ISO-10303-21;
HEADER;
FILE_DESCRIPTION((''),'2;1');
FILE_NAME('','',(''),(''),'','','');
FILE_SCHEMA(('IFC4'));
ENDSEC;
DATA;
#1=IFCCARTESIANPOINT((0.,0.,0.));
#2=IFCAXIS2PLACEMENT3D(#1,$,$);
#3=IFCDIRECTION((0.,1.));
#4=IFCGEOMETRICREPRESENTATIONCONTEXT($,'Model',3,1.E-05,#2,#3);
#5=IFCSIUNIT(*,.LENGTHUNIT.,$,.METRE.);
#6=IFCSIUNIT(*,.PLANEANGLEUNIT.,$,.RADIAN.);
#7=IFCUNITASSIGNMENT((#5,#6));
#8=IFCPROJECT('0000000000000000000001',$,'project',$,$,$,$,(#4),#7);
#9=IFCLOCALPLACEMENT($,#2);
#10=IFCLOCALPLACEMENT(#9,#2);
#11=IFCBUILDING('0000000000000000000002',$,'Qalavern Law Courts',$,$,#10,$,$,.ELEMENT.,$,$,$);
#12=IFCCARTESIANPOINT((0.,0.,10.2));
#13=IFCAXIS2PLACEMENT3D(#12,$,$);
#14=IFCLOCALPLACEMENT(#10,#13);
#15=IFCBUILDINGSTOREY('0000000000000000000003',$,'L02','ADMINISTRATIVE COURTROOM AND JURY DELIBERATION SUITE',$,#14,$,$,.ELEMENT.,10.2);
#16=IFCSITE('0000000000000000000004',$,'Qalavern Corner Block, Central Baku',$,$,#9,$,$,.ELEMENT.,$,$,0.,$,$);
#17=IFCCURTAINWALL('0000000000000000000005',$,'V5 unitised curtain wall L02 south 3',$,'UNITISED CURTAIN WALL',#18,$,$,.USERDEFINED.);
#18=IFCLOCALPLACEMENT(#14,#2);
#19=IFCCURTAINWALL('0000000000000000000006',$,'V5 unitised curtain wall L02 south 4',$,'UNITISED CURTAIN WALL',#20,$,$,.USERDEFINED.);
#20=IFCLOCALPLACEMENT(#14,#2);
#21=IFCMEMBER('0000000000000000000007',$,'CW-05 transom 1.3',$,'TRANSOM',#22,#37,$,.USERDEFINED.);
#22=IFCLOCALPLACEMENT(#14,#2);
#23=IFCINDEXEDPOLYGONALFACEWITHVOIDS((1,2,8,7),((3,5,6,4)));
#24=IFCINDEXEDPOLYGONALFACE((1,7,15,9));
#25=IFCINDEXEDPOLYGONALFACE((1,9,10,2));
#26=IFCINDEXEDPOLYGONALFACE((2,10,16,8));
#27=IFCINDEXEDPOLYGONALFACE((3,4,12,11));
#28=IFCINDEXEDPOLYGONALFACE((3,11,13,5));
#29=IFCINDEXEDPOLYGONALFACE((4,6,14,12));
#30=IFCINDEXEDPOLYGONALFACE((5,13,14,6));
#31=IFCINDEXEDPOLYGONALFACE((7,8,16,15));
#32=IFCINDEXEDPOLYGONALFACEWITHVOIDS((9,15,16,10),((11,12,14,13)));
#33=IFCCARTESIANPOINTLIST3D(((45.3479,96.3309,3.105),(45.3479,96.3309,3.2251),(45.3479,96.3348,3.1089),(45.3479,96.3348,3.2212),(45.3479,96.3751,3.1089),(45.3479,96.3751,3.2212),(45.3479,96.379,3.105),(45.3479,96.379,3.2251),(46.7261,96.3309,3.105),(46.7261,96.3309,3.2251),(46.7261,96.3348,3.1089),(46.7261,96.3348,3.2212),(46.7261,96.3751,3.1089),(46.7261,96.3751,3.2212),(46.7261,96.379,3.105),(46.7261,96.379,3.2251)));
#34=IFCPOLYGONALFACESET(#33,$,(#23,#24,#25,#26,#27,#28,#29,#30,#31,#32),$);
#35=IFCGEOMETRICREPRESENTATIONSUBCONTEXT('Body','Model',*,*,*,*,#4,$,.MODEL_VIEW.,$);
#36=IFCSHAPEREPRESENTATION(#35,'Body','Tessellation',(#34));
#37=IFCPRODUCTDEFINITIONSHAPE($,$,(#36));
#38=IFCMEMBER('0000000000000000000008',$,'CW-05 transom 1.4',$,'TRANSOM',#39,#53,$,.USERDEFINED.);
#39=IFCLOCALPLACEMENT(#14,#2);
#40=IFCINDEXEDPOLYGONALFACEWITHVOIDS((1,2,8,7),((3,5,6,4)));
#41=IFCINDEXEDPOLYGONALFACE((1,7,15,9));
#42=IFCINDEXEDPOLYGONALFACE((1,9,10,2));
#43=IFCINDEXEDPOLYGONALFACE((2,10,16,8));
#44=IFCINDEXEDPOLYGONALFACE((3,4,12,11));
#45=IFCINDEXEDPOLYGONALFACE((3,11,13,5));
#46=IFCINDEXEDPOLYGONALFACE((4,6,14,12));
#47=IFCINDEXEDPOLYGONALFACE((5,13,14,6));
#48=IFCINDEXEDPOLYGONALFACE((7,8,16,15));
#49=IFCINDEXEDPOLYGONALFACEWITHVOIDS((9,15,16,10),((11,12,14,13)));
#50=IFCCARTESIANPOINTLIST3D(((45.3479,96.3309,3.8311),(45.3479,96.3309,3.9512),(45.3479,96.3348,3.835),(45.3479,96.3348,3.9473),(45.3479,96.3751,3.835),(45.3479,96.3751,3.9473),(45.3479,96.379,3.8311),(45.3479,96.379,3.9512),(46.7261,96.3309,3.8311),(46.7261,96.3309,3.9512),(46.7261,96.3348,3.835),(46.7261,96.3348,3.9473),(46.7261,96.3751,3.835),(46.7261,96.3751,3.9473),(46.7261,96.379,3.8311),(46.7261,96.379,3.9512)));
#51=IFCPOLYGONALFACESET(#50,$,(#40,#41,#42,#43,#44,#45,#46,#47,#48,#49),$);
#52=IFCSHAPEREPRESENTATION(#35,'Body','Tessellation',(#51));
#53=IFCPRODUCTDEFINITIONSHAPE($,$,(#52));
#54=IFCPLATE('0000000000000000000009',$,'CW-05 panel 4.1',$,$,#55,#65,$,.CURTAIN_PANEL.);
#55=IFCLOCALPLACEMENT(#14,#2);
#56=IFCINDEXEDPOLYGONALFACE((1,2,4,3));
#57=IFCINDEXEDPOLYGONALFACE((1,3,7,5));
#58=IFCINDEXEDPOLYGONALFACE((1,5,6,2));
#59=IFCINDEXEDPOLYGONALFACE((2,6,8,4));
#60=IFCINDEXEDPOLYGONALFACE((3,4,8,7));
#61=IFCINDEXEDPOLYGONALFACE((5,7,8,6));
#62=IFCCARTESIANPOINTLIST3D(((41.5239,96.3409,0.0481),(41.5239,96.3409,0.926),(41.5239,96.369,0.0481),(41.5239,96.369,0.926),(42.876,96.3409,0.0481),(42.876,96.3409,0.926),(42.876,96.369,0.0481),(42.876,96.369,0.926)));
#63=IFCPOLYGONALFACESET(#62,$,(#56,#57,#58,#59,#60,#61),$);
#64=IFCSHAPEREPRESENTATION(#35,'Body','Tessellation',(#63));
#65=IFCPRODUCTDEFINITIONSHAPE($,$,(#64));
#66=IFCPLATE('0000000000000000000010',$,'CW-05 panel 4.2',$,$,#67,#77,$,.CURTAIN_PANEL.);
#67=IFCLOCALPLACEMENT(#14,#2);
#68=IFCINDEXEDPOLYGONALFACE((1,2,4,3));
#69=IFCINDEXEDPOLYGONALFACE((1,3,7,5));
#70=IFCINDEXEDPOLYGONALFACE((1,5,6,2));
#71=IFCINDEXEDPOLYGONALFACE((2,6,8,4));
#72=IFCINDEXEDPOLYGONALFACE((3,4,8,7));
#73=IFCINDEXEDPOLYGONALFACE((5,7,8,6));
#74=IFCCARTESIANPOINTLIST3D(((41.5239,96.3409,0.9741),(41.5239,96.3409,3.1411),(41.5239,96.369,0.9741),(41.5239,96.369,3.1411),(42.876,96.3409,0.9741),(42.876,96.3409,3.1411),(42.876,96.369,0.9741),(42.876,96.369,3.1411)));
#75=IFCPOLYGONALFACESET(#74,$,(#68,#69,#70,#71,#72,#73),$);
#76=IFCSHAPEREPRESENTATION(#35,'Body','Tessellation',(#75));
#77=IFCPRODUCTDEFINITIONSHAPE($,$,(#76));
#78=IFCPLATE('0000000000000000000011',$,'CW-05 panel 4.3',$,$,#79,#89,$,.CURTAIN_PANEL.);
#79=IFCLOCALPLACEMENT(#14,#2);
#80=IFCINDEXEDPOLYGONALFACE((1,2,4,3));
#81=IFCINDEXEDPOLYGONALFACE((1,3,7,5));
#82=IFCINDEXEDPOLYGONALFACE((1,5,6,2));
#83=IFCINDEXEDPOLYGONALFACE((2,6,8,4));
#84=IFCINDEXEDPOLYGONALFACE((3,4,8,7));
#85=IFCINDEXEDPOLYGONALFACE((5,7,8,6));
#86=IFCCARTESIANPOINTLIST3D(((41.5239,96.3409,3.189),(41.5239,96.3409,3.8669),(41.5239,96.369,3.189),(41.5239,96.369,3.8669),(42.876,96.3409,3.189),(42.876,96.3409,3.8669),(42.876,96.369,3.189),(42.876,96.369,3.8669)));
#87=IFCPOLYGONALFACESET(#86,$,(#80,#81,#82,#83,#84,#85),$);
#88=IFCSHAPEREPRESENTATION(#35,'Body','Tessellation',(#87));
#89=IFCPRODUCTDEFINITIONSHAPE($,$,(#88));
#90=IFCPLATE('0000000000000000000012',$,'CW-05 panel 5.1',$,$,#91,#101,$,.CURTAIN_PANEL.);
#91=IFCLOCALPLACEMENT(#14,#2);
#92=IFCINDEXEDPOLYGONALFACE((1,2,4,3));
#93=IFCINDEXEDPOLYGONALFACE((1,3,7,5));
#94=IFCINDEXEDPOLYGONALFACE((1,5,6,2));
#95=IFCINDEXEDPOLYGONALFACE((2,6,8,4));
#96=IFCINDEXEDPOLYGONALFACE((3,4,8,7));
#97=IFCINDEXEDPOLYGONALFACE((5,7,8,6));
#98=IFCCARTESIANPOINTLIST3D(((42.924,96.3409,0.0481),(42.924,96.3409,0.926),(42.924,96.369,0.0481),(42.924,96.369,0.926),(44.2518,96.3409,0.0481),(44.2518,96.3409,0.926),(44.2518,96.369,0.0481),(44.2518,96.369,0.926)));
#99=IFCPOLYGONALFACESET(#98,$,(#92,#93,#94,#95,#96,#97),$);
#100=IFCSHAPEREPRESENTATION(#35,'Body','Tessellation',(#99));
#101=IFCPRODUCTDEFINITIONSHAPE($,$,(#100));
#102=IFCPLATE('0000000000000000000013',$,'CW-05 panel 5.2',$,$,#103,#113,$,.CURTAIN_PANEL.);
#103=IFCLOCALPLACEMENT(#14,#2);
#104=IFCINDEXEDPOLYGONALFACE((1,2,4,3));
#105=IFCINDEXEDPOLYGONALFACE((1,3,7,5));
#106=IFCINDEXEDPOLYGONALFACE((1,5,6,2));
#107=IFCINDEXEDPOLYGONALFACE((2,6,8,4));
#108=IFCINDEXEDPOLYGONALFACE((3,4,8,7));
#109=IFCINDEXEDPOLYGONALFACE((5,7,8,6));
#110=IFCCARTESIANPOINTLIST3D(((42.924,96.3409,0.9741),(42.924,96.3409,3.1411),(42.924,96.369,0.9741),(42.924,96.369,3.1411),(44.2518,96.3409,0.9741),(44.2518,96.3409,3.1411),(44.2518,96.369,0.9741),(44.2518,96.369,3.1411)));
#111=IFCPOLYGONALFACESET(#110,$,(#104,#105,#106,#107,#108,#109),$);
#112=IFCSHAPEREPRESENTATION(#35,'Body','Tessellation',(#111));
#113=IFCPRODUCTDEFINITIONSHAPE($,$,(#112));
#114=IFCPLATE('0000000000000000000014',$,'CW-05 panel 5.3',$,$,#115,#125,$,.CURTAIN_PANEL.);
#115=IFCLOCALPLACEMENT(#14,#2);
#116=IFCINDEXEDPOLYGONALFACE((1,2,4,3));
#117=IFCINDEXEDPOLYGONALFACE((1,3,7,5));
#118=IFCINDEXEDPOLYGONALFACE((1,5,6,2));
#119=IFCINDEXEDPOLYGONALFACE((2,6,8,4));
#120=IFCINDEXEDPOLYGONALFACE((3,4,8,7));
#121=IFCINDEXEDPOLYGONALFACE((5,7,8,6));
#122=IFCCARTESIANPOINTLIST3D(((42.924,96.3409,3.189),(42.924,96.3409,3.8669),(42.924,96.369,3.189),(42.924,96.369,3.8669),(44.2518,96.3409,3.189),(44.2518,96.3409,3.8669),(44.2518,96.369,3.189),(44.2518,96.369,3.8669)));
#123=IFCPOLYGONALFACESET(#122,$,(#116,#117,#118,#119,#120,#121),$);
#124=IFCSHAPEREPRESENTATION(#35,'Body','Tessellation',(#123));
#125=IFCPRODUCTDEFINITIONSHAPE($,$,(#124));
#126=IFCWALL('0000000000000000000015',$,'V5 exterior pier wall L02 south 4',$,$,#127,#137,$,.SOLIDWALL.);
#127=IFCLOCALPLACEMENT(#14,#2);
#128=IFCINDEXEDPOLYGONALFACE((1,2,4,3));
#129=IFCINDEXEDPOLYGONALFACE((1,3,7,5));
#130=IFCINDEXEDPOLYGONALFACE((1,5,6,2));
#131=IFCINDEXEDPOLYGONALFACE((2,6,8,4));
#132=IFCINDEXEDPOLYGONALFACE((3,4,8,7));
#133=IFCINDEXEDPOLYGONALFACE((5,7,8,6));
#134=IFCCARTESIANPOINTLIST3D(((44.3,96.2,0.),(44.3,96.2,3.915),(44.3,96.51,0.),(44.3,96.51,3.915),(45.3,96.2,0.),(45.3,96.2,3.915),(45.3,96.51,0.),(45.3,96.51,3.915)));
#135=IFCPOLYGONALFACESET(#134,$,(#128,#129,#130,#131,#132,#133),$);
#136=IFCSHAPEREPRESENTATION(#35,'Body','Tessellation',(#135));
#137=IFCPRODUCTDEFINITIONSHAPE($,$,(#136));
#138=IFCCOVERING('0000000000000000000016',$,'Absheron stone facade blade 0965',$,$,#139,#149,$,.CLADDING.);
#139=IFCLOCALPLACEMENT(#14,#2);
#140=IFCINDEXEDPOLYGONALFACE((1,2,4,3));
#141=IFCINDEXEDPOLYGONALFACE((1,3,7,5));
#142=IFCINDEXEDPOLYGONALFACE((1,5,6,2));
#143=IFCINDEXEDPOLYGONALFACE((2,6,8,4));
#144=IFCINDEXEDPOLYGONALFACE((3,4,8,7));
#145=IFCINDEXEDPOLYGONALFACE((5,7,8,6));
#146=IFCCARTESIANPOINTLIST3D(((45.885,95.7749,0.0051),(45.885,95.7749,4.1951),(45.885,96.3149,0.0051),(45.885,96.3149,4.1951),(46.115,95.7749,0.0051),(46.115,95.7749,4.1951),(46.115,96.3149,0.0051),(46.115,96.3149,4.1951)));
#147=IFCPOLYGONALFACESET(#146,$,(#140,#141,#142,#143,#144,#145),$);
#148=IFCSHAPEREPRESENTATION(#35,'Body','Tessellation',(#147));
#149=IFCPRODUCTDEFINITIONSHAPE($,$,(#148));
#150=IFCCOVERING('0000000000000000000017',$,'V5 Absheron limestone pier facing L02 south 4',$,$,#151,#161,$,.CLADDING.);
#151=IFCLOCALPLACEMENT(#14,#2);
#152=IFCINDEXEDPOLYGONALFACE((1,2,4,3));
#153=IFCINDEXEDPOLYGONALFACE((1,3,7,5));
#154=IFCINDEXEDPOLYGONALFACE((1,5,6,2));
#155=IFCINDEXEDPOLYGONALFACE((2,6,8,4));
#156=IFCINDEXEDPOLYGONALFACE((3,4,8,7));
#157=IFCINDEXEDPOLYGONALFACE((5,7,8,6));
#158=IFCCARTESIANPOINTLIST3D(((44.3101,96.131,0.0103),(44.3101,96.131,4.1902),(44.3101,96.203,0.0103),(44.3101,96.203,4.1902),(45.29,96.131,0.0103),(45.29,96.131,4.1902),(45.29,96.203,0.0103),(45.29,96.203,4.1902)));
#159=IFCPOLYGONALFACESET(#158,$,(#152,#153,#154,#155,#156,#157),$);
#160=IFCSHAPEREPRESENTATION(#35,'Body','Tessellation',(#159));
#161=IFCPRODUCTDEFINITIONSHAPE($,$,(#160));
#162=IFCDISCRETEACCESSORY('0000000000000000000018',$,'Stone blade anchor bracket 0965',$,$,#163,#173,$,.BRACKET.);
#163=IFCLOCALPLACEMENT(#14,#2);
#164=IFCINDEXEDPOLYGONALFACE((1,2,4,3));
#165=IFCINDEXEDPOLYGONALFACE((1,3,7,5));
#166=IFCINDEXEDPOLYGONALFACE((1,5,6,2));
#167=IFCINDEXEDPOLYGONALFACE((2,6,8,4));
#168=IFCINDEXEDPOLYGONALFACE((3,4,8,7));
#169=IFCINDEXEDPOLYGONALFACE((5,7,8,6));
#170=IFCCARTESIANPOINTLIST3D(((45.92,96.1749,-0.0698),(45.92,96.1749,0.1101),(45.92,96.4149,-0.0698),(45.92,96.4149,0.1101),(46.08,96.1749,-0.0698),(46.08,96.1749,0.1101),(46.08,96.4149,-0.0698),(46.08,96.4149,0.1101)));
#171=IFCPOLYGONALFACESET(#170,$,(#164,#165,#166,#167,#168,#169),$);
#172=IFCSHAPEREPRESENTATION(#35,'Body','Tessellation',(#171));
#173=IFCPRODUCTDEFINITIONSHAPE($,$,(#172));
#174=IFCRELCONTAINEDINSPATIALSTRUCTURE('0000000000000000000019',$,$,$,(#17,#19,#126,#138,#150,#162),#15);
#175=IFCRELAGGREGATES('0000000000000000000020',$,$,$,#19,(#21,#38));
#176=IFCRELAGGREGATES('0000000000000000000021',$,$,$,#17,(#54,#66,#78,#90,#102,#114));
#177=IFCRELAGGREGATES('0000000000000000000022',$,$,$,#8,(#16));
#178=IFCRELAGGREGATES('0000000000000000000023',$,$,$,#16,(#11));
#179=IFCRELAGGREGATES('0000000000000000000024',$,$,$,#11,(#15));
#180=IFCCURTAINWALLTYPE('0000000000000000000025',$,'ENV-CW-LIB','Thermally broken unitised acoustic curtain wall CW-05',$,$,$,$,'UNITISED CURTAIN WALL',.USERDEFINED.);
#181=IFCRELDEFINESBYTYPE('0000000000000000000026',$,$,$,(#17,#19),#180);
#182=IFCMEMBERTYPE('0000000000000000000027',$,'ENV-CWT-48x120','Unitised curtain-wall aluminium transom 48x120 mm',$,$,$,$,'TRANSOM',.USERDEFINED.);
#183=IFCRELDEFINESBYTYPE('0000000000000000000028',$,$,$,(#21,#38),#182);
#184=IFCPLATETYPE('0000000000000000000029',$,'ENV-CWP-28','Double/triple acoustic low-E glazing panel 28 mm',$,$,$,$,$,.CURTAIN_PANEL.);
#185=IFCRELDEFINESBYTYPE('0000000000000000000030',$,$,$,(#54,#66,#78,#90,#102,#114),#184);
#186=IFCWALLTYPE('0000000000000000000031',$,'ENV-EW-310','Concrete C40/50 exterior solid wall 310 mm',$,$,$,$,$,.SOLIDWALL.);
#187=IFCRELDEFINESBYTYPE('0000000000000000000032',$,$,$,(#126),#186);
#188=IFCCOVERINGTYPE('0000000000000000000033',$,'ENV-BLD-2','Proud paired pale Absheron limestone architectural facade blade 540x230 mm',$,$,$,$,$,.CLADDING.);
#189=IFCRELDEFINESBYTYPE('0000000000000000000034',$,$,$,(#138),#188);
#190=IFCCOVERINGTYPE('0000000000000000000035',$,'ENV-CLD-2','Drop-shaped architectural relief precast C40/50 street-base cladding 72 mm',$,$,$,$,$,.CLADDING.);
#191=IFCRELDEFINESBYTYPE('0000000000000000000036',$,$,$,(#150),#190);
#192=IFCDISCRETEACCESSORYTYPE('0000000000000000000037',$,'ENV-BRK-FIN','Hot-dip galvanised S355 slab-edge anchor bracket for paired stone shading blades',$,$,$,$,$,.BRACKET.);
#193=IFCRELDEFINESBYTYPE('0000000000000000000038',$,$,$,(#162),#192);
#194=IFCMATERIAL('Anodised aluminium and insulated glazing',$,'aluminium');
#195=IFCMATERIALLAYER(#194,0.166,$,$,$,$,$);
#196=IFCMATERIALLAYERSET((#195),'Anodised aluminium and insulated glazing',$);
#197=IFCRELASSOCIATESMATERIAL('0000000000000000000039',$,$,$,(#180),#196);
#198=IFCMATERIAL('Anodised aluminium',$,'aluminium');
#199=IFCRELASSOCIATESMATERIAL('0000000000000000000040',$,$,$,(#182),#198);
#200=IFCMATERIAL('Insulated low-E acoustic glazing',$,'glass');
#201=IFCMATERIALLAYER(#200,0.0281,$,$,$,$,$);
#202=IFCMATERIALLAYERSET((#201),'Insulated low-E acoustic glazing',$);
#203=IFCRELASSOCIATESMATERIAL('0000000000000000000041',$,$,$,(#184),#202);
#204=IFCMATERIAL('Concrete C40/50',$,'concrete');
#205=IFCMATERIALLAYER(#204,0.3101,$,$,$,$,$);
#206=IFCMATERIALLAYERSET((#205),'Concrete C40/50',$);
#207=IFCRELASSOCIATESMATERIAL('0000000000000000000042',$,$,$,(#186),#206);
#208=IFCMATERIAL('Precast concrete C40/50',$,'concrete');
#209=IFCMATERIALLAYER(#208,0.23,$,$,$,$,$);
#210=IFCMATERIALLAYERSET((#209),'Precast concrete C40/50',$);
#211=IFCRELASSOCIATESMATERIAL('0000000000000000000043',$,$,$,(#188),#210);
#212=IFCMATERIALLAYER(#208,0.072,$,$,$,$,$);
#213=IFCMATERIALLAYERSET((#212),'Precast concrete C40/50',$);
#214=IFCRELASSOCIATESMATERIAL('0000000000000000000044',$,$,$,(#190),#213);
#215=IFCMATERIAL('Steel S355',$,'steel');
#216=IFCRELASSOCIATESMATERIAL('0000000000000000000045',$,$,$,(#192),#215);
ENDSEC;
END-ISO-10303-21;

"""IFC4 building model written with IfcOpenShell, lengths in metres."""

from ifc_helpers import new_model, si_unit, direction, frame, frame_2d, origin, origin_2d, place, context, subcontext, project, spatial, rectangle, hollow_rectangle, extrude, material, layer, layer_set, material_profile, profile_set, type_object, element, aggregate, save


model = new_model("IFC4")

# Units and contexts
model_context = context("Model", 3, precision=1e-05, world=origin(), true_north=direction((0.0, 1.0)))
body_context = subcontext(model_context, "Body", "Model", "MODEL_VIEW")
ifc_project = project(units=[si_unit("LENGTHUNIT", "METRE"), si_unit("PLANEANGLEUNIT", "RADIAN")], contexts=[model_context])

# Site, building, storey
site_placement = place(None, origin())
site = spatial("IfcSite", under=ifc_project, at=site_placement, Name="Qalavern Corner Block, Central Baku", CompositionType="ELEMENT", RefElevation=0.0)
building_placement = place(site_placement, origin())
building = spatial("IfcBuilding", under=site, at=building_placement, Name="Qalavern Law Courts", CompositionType="ELEMENT")
storey_placement = place(building_placement, frame((0.0, 0.0, 10.2)))
storey = spatial("IfcBuildingStorey", under=building, at=storey_placement, Name="L02", Description="ADMINISTRATIVE COURTROOM AND JURY DELIBERATION SUITE", CompositionType="ELEMENT", Elevation=10.2)

# Curtain wall
ifc_material_1 = material(Name="Anodised aluminium and insulated glazing", Category="aluminium")
ifc_layer_1 = layer(ifc_material_1, 0.166)
ifc_layer_set_1 = layer_set([ifc_layer_1], Name="Anodised aluminium and insulated glazing")
curtain_wall_type = type_object("IfcCurtainWallType", Name="ENV-CW-LIB", Description="Thermally broken unitised acoustic curtain wall CW-05", ElementType="UNITISED CURTAIN WALL", PredefinedType="USERDEFINED", material=ifc_layer_set_1)
curtain_wall_1_placement = place(storey_placement, origin())
curtain_wall_1 = element("IfcCurtainWall", 1, at=curtain_wall_1_placement, inside=storey, type_object=curtain_wall_type, Name="V5 unitised curtain wall L02 south 3", ObjectType="UNITISED CURTAIN WALL", PredefinedType="USERDEFINED")
ifc_material_2 = material(Name="Anodised aluminium", Category="aluminium")

# Curtain wall
curtain_wall_2_placement = place(storey_placement, origin())
curtain_wall_2 = element("IfcCurtainWall", 2, at=curtain_wall_2_placement, inside=storey, type_object=curtain_wall_type, Name="V5 unitised curtain wall L02 south 4", ObjectType="UNITISED CURTAIN WALL", PredefinedType="USERDEFINED")

# Members
ifc_material_profile_1 = material_profile(ifc_material_2, hollow_rectangle(XDim=0.0481, YDim=0.1201, WallThickness=0.0039, at=origin_2d()), Name="ALU TRANSOM 48x120")
ifc_profile_set_1 = profile_set([ifc_material_profile_1], Name="Anodised aluminium")
member_type_1 = type_object("IfcMemberType", Name="ENV-CWT-48x120", Description="Unitised curtain-wall aluminium transom 48x120 mm", ElementType="TRANSOM", PredefinedType="USERDEFINED", material=ifc_profile_set_1)
member_1_placement = place(storey_placement, frame((45.3479, 96.355, 3.165), z_axis=(1.0, 0.0, 0.0), x_axis=(0.0, 1.0, 0.0)))
member_1 = element("IfcMember", 3, at=member_1_placement, type_object=member_type_1, Name="CW-05 transom 1.3", ObjectType="TRANSOM", PredefinedType="USERDEFINED", context=body_context, shape_type="SweptSolid", body=[
    extrude(hollow_rectangle(XDim=0.0481, YDim=0.1201, WallThickness=0.0039, at=origin_2d()), origin(), (0.0, 0.0, 1.0), 1.3782),
])
member_2_placement = place(storey_placement, frame((45.3479, 96.355, 3.8911), z_axis=(1.0, 0.0, 0.0), x_axis=(0.0, 1.0, 0.0)))
member_2 = element("IfcMember", 4, at=member_2_placement, type_object=member_type_1, Name="CW-05 transom 1.4", ObjectType="TRANSOM", PredefinedType="USERDEFINED", context=body_context, shape_type="SweptSolid", body=[
    extrude(hollow_rectangle(XDim=0.0481, YDim=0.1201, WallThickness=0.0039, at=origin_2d()), origin(), (0.0, 0.0, 1.0), 1.3782),
])
aggregate(curtain_wall_2, [member_1, member_2])

# Plates
ifc_material_3 = material(Name="Insulated low-E acoustic glazing", Category="glass")
ifc_layer_2 = layer(ifc_material_3, 0.0281)
ifc_layer_set_2 = layer_set([ifc_layer_2], Name="Insulated low-E acoustic glazing")
plate_type = type_object("IfcPlateType", Name="ENV-CWP-28", Description="Double/triple acoustic low-E glazing panel 28 mm", PredefinedType="CURTAIN_PANEL", material=ifc_layer_set_2)
plate_1_placement = place(storey_placement, frame((42.2, 96.355, 0.0481), z_axis=(0.0, 0.0, 1.0), x_axis=(1.0, 0.0, 0.0)))
plate_1 = element("IfcPlate", 5, at=plate_1_placement, type_object=plate_type, Name="CW-05 panel 4.1", PredefinedType="CURTAIN_PANEL", context=body_context, shape_type="SweptSolid", body=[
    extrude(rectangle(XDim=1.3521, YDim=0.0281, at=origin_2d()), origin(), (0.0, 0.0, 1.0), 0.8779),
])
plate_2_placement = place(storey_placement, frame((42.2, 96.355, 0.9741), z_axis=(0.0, 0.0, 1.0), x_axis=(1.0, 0.0, 0.0)))
plate_2 = element("IfcPlate", 6, at=plate_2_placement, type_object=plate_type, Name="CW-05 panel 4.2", PredefinedType="CURTAIN_PANEL", context=body_context, shape_type="SweptSolid", body=[
    extrude(rectangle(XDim=1.3521, YDim=0.0281, at=origin_2d()), origin(), (0.0, 0.0, 1.0), 2.167),
])
plate_3_placement = place(storey_placement, frame((42.2, 96.355, 3.189), z_axis=(0.0, 0.0, 1.0), x_axis=(1.0, 0.0, 0.0)))
plate_3 = element("IfcPlate", 7, at=plate_3_placement, type_object=plate_type, Name="CW-05 panel 4.3", PredefinedType="CURTAIN_PANEL", context=body_context, shape_type="SweptSolid", body=[
    extrude(rectangle(XDim=1.3521, YDim=0.0281, at=origin_2d()), origin(), (0.0, 0.0, 1.0), 0.678),
])
plate_4_placement = place(storey_placement, frame((43.5879, 96.355, 0.0481), z_axis=(0.0, 0.0, 1.0), x_axis=(1.0, 0.0, 0.0)))
plate_4 = element("IfcPlate", 8, at=plate_4_placement, type_object=plate_type, Name="CW-05 panel 5.1", PredefinedType="CURTAIN_PANEL", context=body_context, shape_type="SweptSolid", body=[
    extrude(rectangle(XDim=1.3279, YDim=0.0281, at=origin_2d()), origin(), (0.0, 0.0, 1.0), 0.8779),
])
plate_5_placement = place(storey_placement, frame((43.5879, 96.355, 0.9741), z_axis=(0.0, 0.0, 1.0), x_axis=(1.0, 0.0, 0.0)))
plate_5 = element("IfcPlate", 9, at=plate_5_placement, type_object=plate_type, Name="CW-05 panel 5.2", PredefinedType="CURTAIN_PANEL", context=body_context, shape_type="SweptSolid", body=[
    extrude(rectangle(XDim=1.3279, YDim=0.0281, at=origin_2d()), origin(), (0.0, 0.0, 1.0), 2.167),
])
plate_6_placement = place(storey_placement, frame((43.5879, 96.355, 3.189), z_axis=(0.0, 0.0, 1.0), x_axis=(1.0, 0.0, 0.0)))
plate_6 = element("IfcPlate", 10, at=plate_6_placement, type_object=plate_type, Name="CW-05 panel 5.3", PredefinedType="CURTAIN_PANEL", context=body_context, shape_type="SweptSolid", body=[
    extrude(rectangle(XDim=1.3279, YDim=0.0281, at=origin_2d()), origin(), (0.0, 0.0, 1.0), 0.678),
])
aggregate(curtain_wall_1, [plate_1, plate_2, plate_3, plate_4, plate_5, plate_6])

# Wall
ifc_material_4 = material(Name="Concrete C40/50", Category="concrete")
ifc_layer_3 = layer(ifc_material_4, 0.3101)
ifc_layer_set_3 = layer_set([ifc_layer_3], Name="Concrete C40/50")
wall_type = type_object("IfcWallType", Name="ENV-EW-310", Description="Concrete C40/50 exterior solid wall 310 mm", PredefinedType="SOLIDWALL", material=ifc_layer_set_3)
wall_placement = place(storey_placement, frame((44.3, 96.355, 0.0), z_axis=(0.0, 0.0, 1.0), x_axis=(1.0, 0.0, 0.0)))
element("IfcWall", 11, at=wall_placement, inside=storey, type_object=wall_type, Name="V5 exterior pier wall L02 south 4", PredefinedType="SOLIDWALL", context=body_context, shape_type="SweptSolid", body=[
    extrude(rectangle(XDim=1.0, YDim=0.3101, at=frame_2d((0.5, 0.0))), origin(), (0.0, 0.0, 1.0), 3.915),
])

# Coverings
ifc_material_5 = material(Name="Precast concrete C40/50", Category="concrete")
ifc_layer_4 = layer(ifc_material_5, 0.23)
ifc_layer_set_4 = layer_set([ifc_layer_4], Name="Precast concrete C40/50")
covering_type_1 = type_object("IfcCoveringType", Name="ENV-BLD-2", Description="Proud paired pale Absheron limestone architectural facade blade 540x230 mm", PredefinedType="CLADDING", material=ifc_layer_set_4)
covering_1_placement = place(storey_placement, frame((46.0, 96.0449, 0.0051), z_axis=(0.0, 0.0, 1.0), x_axis=(0.0, -1.0, 0.0)))
element("IfcCovering", 12, at=covering_1_placement, inside=storey, type_object=covering_type_1, Name="Absheron stone facade blade 0965", PredefinedType="CLADDING", context=body_context, shape_type="SweptSolid", body=[
    extrude(rectangle(XDim=0.54, YDim=0.23, at=origin_2d()), origin(), (0.0, 0.0, 1.0), 4.1899),
])
ifc_layer_5 = layer(ifc_material_5, 0.072)
ifc_layer_set_5 = layer_set([ifc_layer_5], Name="Precast concrete C40/50")
covering_type_2 = type_object("IfcCoveringType", Name="ENV-CLD-2", Description="Drop-shaped architectural relief precast C40/50 street-base cladding 72 mm", PredefinedType="CLADDING", material=ifc_layer_set_5)
covering_2_placement = place(storey_placement, frame((44.8, 96.167, 0.0103), z_axis=(0.0, 0.0, 1.0), x_axis=(1.0, 0.0, 0.0)))
element("IfcCovering", 13, at=covering_2_placement, inside=storey, type_object=covering_type_2, Name="V5 Absheron limestone pier facing L02 south 4", PredefinedType="CLADDING", context=body_context, shape_type="SweptSolid", body=[
    extrude(rectangle(XDim=0.98, YDim=0.072, at=origin_2d()), origin(), (0.0, 0.0, 1.0), 4.1799),
])

# Discrete accessory
ifc_material_6 = material(Name="Steel S355", Category="steel")
discrete_accessory_type = type_object("IfcDiscreteAccessoryType", Name="ENV-BRK-FIN", Description="Hot-dip galvanised S355 slab-edge anchor bracket for paired stone shading blades", PredefinedType="BRACKET", material=ifc_material_6)
discrete_accessory_placement = place(storey_placement, frame((46.0, 96.2949, -0.0698), z_axis=(0.0, 0.0, 1.0), x_axis=(0.0, -1.0, 0.0)))
element("IfcDiscreteAccessory", 14, at=discrete_accessory_placement, inside=storey, type_object=discrete_accessory_type, Name="Stone blade anchor bracket 0965", PredefinedType="BRACKET", context=body_context, shape_type="SweptSolid", body=[
    extrude(rectangle(XDim=0.24, YDim=0.1599, at=origin_2d()), origin(), (0.0, 0.0, 1.0), 0.1799),
])

save(model, "model.ifc")
